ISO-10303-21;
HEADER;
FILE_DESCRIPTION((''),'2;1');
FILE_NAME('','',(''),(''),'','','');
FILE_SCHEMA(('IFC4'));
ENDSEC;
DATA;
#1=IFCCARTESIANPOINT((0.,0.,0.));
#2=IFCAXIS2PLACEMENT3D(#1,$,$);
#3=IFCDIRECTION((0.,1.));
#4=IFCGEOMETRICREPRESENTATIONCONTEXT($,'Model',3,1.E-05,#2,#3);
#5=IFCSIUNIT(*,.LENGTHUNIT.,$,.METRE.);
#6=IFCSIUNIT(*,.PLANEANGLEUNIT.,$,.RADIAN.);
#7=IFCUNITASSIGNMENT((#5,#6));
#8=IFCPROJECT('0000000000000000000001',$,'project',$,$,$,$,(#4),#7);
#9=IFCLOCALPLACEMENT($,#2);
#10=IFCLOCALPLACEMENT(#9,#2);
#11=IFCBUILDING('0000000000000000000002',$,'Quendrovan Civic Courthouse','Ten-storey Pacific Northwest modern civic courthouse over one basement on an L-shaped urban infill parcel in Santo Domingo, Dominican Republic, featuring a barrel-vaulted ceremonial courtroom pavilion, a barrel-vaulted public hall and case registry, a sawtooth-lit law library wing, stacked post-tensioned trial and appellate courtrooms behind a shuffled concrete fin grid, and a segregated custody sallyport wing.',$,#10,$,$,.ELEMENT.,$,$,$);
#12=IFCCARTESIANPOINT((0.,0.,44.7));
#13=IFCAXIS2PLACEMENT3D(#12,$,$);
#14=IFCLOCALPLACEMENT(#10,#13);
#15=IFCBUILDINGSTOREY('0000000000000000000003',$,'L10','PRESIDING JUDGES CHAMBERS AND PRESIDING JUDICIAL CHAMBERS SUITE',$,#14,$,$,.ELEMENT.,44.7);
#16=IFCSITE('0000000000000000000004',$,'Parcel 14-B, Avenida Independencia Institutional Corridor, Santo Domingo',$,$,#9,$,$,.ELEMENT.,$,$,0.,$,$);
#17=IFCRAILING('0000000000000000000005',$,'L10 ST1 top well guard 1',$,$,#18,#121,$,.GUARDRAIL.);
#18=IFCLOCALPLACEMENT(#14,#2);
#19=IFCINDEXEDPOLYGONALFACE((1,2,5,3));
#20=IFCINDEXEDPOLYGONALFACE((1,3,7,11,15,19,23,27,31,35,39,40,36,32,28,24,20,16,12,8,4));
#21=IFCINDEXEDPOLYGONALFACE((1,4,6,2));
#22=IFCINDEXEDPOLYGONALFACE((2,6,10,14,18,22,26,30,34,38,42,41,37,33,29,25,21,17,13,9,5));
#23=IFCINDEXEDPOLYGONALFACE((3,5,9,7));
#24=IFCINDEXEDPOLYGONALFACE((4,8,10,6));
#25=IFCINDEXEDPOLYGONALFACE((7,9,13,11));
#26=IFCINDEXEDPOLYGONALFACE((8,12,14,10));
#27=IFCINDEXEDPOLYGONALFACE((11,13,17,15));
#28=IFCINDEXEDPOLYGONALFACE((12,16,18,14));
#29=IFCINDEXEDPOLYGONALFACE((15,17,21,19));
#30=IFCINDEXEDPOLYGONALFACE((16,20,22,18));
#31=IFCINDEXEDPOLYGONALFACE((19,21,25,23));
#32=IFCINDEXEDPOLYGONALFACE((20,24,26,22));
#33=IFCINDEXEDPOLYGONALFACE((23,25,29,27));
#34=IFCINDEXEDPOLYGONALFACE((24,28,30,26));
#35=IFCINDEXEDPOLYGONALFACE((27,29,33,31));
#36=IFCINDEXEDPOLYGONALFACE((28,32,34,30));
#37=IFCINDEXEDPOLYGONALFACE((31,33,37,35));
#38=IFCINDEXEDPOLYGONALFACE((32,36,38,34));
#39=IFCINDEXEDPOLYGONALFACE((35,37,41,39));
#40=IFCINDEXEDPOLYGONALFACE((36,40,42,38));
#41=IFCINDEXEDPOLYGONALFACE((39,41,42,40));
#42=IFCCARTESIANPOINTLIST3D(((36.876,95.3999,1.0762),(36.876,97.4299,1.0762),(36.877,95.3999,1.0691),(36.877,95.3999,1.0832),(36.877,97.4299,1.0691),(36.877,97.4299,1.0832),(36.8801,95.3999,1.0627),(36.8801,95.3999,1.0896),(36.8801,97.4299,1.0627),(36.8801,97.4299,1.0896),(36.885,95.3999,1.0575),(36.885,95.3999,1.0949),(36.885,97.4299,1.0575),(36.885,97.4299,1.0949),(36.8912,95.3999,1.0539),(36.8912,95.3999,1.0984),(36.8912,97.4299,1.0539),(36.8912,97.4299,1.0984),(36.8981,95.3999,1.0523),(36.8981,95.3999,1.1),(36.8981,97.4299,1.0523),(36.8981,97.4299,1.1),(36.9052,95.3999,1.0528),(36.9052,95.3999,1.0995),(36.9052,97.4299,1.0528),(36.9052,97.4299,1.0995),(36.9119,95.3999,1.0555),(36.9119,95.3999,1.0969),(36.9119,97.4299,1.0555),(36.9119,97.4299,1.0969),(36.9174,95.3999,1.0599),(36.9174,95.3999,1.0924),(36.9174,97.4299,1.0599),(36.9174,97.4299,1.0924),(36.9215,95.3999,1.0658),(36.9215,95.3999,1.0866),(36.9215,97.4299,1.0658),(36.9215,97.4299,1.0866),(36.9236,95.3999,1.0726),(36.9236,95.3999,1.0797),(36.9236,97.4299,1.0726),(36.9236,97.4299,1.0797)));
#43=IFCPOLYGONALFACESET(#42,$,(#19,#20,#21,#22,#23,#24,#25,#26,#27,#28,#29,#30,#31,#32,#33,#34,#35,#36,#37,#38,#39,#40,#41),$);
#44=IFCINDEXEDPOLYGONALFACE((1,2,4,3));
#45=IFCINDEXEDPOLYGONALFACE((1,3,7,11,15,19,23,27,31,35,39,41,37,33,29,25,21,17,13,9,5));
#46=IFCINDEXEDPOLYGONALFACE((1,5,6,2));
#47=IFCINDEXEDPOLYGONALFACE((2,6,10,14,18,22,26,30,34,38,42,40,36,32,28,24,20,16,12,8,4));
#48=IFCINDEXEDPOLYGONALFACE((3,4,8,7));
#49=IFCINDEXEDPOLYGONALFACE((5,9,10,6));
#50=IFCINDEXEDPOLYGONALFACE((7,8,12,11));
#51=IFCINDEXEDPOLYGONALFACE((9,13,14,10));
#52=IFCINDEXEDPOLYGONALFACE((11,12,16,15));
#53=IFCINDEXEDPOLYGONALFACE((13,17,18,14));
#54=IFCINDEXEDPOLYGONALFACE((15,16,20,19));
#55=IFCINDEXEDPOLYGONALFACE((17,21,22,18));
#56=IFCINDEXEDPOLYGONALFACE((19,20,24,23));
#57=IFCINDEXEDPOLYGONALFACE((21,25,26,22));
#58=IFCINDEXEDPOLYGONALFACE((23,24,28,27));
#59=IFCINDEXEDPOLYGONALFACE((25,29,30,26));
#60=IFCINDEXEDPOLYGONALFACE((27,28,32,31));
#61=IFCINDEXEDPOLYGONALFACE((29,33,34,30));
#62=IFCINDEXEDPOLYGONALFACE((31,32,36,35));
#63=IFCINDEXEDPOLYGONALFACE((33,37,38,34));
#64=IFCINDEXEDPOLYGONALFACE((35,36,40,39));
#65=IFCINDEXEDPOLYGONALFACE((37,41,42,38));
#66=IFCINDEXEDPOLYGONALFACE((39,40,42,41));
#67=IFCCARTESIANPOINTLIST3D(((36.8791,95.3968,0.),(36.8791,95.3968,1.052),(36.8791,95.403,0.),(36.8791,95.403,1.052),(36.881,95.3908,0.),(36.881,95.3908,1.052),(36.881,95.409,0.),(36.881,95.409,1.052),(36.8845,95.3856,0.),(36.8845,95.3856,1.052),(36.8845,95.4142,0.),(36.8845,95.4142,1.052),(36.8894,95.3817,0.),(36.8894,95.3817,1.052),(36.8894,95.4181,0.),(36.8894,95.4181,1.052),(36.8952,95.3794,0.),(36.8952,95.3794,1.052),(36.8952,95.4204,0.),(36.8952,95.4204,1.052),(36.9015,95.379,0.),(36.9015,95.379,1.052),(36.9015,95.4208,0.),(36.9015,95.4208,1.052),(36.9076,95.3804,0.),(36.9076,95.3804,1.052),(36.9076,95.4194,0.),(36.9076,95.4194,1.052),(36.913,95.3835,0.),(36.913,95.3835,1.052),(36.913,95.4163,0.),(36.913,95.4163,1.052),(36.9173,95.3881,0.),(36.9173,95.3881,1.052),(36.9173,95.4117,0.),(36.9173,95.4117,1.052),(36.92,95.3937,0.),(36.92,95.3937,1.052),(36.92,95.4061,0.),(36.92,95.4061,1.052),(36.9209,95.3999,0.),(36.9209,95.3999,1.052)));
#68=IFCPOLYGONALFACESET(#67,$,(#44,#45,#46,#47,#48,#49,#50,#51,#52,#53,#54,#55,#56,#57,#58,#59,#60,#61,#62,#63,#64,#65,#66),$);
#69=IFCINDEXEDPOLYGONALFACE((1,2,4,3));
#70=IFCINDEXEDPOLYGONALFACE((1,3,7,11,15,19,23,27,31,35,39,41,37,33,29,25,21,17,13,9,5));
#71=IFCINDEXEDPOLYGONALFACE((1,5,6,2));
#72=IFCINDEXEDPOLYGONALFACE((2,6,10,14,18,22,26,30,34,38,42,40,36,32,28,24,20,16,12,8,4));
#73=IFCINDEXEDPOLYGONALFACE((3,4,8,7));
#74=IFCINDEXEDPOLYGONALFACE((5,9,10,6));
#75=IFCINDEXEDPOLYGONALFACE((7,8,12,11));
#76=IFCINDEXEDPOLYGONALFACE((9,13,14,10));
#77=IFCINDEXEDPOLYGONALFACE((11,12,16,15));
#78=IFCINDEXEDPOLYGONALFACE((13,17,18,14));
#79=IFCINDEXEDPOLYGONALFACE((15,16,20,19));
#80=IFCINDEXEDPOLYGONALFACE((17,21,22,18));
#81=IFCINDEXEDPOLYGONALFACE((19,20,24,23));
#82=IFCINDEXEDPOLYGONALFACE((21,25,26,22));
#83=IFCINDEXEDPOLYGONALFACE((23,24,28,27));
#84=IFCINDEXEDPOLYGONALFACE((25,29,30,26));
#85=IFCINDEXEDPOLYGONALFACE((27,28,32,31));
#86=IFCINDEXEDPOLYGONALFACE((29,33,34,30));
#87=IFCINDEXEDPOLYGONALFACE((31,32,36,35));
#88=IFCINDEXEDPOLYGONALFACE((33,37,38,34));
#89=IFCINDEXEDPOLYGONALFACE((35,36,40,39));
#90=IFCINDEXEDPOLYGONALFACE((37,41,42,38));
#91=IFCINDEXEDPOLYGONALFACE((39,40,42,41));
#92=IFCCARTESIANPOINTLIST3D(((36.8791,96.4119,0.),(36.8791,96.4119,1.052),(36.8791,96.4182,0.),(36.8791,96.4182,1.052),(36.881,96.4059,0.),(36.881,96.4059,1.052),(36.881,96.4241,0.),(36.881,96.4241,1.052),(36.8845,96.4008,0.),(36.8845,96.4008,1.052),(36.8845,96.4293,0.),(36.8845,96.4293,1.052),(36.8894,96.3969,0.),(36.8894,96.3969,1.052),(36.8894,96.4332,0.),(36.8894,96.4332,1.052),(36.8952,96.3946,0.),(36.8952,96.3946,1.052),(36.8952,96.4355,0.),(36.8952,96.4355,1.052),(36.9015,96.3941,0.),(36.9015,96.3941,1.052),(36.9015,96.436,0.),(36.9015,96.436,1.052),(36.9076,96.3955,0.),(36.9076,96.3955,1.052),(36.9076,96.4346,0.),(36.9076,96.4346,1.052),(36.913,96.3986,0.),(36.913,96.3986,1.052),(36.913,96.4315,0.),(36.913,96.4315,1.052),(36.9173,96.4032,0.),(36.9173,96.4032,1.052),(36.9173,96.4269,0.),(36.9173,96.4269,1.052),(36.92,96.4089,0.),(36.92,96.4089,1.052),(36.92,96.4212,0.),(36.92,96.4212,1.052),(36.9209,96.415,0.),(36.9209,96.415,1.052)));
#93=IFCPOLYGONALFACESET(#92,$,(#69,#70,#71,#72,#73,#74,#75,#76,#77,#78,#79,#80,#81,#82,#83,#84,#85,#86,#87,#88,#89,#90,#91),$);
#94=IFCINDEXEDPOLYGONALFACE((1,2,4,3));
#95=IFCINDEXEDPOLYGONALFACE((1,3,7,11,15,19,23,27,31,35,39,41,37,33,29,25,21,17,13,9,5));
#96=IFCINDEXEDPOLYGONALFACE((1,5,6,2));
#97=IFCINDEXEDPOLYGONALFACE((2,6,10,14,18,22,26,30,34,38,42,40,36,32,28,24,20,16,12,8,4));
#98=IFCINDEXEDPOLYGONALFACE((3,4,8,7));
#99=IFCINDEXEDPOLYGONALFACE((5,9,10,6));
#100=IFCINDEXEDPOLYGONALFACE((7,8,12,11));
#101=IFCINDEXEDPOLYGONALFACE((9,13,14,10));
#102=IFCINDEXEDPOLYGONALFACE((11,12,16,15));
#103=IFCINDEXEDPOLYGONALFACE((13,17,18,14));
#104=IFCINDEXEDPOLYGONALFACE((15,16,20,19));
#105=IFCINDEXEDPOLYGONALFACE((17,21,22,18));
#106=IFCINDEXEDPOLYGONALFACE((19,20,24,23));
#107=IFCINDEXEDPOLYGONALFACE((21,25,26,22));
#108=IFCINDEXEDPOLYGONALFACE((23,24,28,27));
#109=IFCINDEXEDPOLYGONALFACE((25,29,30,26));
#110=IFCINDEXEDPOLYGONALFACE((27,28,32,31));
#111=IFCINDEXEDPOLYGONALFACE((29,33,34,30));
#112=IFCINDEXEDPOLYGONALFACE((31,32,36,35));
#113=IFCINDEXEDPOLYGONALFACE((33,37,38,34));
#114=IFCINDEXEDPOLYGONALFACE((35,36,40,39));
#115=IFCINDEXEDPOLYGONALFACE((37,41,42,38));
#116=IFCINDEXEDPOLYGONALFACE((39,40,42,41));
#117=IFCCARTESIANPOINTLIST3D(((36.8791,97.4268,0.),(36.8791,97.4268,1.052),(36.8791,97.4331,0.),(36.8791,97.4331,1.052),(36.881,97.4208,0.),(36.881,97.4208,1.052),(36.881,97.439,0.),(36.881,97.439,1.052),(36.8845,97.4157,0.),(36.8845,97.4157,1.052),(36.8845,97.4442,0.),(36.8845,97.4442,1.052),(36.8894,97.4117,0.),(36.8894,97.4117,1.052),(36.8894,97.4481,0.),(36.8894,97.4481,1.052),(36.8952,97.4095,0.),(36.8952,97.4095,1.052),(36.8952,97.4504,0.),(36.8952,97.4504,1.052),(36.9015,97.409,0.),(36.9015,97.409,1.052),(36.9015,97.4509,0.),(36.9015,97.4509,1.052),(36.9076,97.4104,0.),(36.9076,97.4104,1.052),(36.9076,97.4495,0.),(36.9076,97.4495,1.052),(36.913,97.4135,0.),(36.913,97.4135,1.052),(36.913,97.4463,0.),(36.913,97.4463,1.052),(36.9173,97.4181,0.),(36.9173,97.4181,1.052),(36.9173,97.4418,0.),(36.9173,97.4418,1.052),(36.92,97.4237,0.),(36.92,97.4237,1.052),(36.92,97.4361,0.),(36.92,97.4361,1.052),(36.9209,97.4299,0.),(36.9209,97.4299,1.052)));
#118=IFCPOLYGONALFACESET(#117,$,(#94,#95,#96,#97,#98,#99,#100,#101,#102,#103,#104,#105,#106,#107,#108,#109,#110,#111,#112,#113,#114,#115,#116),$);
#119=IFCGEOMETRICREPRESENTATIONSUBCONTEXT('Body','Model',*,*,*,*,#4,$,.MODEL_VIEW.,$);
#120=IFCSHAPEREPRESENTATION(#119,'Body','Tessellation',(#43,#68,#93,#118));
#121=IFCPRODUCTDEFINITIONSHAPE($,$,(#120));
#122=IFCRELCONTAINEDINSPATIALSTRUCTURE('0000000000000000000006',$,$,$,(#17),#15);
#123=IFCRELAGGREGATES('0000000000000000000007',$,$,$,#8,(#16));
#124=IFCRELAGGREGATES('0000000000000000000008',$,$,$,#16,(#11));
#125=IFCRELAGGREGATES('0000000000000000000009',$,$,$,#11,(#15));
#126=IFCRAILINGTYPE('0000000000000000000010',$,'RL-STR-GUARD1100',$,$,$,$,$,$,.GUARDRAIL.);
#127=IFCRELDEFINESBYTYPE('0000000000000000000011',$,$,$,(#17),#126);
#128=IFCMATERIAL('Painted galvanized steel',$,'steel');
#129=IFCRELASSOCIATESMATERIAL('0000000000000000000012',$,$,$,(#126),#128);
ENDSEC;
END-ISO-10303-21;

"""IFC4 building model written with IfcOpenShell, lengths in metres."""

from ifc_helpers import new_model, si_unit, direction, frame, origin, origin_2d, place, context, subcontext, project, spatial, circle, extrude, material, type_object, element, save


model = new_model("IFC4")

# Units and contexts
model_context = context("Model", 3, precision=1e-05, world=origin(), true_north=direction((0.0, 1.0)))
body_context = subcontext(model_context, "Body", "Model", "MODEL_VIEW")
ifc_project = project(units=[si_unit("LENGTHUNIT", "METRE"), si_unit("PLANEANGLEUNIT", "RADIAN")], contexts=[model_context])

# Site, building, storey
site_placement = place(None, origin())
site = spatial("IfcSite", under=ifc_project, at=site_placement, Name="Parcel 14-B, Avenida Independencia Institutional Corridor, Santo Domingo", CompositionType="ELEMENT", RefElevation=0.0)
building_placement = place(site_placement, origin())
building = spatial("IfcBuilding", under=site, at=building_placement, Name="Quendrovan Civic Courthouse", Description="Ten-storey Pacific Northwest modern civic courthouse over one basement on an L-shaped urban infill parcel in Santo Domingo, Dominican Republic, featuring a barrel-vaulted ceremonial courtroom pavilion, a barrel-vaulted public hall and case registry, a sawtooth-lit law library wing, stacked post-tensioned trial and appellate courtrooms behind a shuffled concrete fin grid, and a segregated custody sallyport wing.", CompositionType="ELEMENT")
storey_placement = place(building_placement, frame((0.0, 0.0, 44.7)))
storey = spatial("IfcBuildingStorey", under=building, at=storey_placement, Name="L10", Description="PRESIDING JUDGES CHAMBERS AND PRESIDING JUDICIAL CHAMBERS SUITE", CompositionType="ELEMENT", Elevation=44.7)

# Railing
ifc_material_1 = material(Name="Painted galvanized steel", Category="steel")
railing_type = type_object("IfcRailingType", Name="RL-STR-GUARD1100", PredefinedType="GUARDRAIL", material=ifc_material_1)
railing_placement = place(storey_placement, frame((36.8999, 95.3999, 0.0)))
element("IfcRailing", 1, at=railing_placement, inside=storey, type_object=railing_type, Name="L10 ST1 top well guard 1", PredefinedType="GUARDRAIL", context=body_context, shape_type="SweptSolid", body=[
    extrude(circle(Radius=0.0239, at=origin_2d()), frame((0.0, 0.0, 1.0762), z_axis=(0.0, 1.0, 0.0), x_axis=(-1.0, 0.0, 0.0)), (0.0, 0.0, 1.0), 2.03),
    extrude(circle(Radius=0.021, at=origin_2d()), origin(), (0.0, 0.0, 1.0), 1.052),
    extrude(circle(Radius=0.021, at=origin_2d()), frame((0.0, 1.0151, 0.0)), (0.0, 0.0, 1.0), 1.052),
    extrude(circle(Radius=0.021, at=origin_2d()), frame((0.0, 2.03, 0.0)), (0.0, 0.0, 1.0), 1.052),
])

save(model, "model.ifc")
